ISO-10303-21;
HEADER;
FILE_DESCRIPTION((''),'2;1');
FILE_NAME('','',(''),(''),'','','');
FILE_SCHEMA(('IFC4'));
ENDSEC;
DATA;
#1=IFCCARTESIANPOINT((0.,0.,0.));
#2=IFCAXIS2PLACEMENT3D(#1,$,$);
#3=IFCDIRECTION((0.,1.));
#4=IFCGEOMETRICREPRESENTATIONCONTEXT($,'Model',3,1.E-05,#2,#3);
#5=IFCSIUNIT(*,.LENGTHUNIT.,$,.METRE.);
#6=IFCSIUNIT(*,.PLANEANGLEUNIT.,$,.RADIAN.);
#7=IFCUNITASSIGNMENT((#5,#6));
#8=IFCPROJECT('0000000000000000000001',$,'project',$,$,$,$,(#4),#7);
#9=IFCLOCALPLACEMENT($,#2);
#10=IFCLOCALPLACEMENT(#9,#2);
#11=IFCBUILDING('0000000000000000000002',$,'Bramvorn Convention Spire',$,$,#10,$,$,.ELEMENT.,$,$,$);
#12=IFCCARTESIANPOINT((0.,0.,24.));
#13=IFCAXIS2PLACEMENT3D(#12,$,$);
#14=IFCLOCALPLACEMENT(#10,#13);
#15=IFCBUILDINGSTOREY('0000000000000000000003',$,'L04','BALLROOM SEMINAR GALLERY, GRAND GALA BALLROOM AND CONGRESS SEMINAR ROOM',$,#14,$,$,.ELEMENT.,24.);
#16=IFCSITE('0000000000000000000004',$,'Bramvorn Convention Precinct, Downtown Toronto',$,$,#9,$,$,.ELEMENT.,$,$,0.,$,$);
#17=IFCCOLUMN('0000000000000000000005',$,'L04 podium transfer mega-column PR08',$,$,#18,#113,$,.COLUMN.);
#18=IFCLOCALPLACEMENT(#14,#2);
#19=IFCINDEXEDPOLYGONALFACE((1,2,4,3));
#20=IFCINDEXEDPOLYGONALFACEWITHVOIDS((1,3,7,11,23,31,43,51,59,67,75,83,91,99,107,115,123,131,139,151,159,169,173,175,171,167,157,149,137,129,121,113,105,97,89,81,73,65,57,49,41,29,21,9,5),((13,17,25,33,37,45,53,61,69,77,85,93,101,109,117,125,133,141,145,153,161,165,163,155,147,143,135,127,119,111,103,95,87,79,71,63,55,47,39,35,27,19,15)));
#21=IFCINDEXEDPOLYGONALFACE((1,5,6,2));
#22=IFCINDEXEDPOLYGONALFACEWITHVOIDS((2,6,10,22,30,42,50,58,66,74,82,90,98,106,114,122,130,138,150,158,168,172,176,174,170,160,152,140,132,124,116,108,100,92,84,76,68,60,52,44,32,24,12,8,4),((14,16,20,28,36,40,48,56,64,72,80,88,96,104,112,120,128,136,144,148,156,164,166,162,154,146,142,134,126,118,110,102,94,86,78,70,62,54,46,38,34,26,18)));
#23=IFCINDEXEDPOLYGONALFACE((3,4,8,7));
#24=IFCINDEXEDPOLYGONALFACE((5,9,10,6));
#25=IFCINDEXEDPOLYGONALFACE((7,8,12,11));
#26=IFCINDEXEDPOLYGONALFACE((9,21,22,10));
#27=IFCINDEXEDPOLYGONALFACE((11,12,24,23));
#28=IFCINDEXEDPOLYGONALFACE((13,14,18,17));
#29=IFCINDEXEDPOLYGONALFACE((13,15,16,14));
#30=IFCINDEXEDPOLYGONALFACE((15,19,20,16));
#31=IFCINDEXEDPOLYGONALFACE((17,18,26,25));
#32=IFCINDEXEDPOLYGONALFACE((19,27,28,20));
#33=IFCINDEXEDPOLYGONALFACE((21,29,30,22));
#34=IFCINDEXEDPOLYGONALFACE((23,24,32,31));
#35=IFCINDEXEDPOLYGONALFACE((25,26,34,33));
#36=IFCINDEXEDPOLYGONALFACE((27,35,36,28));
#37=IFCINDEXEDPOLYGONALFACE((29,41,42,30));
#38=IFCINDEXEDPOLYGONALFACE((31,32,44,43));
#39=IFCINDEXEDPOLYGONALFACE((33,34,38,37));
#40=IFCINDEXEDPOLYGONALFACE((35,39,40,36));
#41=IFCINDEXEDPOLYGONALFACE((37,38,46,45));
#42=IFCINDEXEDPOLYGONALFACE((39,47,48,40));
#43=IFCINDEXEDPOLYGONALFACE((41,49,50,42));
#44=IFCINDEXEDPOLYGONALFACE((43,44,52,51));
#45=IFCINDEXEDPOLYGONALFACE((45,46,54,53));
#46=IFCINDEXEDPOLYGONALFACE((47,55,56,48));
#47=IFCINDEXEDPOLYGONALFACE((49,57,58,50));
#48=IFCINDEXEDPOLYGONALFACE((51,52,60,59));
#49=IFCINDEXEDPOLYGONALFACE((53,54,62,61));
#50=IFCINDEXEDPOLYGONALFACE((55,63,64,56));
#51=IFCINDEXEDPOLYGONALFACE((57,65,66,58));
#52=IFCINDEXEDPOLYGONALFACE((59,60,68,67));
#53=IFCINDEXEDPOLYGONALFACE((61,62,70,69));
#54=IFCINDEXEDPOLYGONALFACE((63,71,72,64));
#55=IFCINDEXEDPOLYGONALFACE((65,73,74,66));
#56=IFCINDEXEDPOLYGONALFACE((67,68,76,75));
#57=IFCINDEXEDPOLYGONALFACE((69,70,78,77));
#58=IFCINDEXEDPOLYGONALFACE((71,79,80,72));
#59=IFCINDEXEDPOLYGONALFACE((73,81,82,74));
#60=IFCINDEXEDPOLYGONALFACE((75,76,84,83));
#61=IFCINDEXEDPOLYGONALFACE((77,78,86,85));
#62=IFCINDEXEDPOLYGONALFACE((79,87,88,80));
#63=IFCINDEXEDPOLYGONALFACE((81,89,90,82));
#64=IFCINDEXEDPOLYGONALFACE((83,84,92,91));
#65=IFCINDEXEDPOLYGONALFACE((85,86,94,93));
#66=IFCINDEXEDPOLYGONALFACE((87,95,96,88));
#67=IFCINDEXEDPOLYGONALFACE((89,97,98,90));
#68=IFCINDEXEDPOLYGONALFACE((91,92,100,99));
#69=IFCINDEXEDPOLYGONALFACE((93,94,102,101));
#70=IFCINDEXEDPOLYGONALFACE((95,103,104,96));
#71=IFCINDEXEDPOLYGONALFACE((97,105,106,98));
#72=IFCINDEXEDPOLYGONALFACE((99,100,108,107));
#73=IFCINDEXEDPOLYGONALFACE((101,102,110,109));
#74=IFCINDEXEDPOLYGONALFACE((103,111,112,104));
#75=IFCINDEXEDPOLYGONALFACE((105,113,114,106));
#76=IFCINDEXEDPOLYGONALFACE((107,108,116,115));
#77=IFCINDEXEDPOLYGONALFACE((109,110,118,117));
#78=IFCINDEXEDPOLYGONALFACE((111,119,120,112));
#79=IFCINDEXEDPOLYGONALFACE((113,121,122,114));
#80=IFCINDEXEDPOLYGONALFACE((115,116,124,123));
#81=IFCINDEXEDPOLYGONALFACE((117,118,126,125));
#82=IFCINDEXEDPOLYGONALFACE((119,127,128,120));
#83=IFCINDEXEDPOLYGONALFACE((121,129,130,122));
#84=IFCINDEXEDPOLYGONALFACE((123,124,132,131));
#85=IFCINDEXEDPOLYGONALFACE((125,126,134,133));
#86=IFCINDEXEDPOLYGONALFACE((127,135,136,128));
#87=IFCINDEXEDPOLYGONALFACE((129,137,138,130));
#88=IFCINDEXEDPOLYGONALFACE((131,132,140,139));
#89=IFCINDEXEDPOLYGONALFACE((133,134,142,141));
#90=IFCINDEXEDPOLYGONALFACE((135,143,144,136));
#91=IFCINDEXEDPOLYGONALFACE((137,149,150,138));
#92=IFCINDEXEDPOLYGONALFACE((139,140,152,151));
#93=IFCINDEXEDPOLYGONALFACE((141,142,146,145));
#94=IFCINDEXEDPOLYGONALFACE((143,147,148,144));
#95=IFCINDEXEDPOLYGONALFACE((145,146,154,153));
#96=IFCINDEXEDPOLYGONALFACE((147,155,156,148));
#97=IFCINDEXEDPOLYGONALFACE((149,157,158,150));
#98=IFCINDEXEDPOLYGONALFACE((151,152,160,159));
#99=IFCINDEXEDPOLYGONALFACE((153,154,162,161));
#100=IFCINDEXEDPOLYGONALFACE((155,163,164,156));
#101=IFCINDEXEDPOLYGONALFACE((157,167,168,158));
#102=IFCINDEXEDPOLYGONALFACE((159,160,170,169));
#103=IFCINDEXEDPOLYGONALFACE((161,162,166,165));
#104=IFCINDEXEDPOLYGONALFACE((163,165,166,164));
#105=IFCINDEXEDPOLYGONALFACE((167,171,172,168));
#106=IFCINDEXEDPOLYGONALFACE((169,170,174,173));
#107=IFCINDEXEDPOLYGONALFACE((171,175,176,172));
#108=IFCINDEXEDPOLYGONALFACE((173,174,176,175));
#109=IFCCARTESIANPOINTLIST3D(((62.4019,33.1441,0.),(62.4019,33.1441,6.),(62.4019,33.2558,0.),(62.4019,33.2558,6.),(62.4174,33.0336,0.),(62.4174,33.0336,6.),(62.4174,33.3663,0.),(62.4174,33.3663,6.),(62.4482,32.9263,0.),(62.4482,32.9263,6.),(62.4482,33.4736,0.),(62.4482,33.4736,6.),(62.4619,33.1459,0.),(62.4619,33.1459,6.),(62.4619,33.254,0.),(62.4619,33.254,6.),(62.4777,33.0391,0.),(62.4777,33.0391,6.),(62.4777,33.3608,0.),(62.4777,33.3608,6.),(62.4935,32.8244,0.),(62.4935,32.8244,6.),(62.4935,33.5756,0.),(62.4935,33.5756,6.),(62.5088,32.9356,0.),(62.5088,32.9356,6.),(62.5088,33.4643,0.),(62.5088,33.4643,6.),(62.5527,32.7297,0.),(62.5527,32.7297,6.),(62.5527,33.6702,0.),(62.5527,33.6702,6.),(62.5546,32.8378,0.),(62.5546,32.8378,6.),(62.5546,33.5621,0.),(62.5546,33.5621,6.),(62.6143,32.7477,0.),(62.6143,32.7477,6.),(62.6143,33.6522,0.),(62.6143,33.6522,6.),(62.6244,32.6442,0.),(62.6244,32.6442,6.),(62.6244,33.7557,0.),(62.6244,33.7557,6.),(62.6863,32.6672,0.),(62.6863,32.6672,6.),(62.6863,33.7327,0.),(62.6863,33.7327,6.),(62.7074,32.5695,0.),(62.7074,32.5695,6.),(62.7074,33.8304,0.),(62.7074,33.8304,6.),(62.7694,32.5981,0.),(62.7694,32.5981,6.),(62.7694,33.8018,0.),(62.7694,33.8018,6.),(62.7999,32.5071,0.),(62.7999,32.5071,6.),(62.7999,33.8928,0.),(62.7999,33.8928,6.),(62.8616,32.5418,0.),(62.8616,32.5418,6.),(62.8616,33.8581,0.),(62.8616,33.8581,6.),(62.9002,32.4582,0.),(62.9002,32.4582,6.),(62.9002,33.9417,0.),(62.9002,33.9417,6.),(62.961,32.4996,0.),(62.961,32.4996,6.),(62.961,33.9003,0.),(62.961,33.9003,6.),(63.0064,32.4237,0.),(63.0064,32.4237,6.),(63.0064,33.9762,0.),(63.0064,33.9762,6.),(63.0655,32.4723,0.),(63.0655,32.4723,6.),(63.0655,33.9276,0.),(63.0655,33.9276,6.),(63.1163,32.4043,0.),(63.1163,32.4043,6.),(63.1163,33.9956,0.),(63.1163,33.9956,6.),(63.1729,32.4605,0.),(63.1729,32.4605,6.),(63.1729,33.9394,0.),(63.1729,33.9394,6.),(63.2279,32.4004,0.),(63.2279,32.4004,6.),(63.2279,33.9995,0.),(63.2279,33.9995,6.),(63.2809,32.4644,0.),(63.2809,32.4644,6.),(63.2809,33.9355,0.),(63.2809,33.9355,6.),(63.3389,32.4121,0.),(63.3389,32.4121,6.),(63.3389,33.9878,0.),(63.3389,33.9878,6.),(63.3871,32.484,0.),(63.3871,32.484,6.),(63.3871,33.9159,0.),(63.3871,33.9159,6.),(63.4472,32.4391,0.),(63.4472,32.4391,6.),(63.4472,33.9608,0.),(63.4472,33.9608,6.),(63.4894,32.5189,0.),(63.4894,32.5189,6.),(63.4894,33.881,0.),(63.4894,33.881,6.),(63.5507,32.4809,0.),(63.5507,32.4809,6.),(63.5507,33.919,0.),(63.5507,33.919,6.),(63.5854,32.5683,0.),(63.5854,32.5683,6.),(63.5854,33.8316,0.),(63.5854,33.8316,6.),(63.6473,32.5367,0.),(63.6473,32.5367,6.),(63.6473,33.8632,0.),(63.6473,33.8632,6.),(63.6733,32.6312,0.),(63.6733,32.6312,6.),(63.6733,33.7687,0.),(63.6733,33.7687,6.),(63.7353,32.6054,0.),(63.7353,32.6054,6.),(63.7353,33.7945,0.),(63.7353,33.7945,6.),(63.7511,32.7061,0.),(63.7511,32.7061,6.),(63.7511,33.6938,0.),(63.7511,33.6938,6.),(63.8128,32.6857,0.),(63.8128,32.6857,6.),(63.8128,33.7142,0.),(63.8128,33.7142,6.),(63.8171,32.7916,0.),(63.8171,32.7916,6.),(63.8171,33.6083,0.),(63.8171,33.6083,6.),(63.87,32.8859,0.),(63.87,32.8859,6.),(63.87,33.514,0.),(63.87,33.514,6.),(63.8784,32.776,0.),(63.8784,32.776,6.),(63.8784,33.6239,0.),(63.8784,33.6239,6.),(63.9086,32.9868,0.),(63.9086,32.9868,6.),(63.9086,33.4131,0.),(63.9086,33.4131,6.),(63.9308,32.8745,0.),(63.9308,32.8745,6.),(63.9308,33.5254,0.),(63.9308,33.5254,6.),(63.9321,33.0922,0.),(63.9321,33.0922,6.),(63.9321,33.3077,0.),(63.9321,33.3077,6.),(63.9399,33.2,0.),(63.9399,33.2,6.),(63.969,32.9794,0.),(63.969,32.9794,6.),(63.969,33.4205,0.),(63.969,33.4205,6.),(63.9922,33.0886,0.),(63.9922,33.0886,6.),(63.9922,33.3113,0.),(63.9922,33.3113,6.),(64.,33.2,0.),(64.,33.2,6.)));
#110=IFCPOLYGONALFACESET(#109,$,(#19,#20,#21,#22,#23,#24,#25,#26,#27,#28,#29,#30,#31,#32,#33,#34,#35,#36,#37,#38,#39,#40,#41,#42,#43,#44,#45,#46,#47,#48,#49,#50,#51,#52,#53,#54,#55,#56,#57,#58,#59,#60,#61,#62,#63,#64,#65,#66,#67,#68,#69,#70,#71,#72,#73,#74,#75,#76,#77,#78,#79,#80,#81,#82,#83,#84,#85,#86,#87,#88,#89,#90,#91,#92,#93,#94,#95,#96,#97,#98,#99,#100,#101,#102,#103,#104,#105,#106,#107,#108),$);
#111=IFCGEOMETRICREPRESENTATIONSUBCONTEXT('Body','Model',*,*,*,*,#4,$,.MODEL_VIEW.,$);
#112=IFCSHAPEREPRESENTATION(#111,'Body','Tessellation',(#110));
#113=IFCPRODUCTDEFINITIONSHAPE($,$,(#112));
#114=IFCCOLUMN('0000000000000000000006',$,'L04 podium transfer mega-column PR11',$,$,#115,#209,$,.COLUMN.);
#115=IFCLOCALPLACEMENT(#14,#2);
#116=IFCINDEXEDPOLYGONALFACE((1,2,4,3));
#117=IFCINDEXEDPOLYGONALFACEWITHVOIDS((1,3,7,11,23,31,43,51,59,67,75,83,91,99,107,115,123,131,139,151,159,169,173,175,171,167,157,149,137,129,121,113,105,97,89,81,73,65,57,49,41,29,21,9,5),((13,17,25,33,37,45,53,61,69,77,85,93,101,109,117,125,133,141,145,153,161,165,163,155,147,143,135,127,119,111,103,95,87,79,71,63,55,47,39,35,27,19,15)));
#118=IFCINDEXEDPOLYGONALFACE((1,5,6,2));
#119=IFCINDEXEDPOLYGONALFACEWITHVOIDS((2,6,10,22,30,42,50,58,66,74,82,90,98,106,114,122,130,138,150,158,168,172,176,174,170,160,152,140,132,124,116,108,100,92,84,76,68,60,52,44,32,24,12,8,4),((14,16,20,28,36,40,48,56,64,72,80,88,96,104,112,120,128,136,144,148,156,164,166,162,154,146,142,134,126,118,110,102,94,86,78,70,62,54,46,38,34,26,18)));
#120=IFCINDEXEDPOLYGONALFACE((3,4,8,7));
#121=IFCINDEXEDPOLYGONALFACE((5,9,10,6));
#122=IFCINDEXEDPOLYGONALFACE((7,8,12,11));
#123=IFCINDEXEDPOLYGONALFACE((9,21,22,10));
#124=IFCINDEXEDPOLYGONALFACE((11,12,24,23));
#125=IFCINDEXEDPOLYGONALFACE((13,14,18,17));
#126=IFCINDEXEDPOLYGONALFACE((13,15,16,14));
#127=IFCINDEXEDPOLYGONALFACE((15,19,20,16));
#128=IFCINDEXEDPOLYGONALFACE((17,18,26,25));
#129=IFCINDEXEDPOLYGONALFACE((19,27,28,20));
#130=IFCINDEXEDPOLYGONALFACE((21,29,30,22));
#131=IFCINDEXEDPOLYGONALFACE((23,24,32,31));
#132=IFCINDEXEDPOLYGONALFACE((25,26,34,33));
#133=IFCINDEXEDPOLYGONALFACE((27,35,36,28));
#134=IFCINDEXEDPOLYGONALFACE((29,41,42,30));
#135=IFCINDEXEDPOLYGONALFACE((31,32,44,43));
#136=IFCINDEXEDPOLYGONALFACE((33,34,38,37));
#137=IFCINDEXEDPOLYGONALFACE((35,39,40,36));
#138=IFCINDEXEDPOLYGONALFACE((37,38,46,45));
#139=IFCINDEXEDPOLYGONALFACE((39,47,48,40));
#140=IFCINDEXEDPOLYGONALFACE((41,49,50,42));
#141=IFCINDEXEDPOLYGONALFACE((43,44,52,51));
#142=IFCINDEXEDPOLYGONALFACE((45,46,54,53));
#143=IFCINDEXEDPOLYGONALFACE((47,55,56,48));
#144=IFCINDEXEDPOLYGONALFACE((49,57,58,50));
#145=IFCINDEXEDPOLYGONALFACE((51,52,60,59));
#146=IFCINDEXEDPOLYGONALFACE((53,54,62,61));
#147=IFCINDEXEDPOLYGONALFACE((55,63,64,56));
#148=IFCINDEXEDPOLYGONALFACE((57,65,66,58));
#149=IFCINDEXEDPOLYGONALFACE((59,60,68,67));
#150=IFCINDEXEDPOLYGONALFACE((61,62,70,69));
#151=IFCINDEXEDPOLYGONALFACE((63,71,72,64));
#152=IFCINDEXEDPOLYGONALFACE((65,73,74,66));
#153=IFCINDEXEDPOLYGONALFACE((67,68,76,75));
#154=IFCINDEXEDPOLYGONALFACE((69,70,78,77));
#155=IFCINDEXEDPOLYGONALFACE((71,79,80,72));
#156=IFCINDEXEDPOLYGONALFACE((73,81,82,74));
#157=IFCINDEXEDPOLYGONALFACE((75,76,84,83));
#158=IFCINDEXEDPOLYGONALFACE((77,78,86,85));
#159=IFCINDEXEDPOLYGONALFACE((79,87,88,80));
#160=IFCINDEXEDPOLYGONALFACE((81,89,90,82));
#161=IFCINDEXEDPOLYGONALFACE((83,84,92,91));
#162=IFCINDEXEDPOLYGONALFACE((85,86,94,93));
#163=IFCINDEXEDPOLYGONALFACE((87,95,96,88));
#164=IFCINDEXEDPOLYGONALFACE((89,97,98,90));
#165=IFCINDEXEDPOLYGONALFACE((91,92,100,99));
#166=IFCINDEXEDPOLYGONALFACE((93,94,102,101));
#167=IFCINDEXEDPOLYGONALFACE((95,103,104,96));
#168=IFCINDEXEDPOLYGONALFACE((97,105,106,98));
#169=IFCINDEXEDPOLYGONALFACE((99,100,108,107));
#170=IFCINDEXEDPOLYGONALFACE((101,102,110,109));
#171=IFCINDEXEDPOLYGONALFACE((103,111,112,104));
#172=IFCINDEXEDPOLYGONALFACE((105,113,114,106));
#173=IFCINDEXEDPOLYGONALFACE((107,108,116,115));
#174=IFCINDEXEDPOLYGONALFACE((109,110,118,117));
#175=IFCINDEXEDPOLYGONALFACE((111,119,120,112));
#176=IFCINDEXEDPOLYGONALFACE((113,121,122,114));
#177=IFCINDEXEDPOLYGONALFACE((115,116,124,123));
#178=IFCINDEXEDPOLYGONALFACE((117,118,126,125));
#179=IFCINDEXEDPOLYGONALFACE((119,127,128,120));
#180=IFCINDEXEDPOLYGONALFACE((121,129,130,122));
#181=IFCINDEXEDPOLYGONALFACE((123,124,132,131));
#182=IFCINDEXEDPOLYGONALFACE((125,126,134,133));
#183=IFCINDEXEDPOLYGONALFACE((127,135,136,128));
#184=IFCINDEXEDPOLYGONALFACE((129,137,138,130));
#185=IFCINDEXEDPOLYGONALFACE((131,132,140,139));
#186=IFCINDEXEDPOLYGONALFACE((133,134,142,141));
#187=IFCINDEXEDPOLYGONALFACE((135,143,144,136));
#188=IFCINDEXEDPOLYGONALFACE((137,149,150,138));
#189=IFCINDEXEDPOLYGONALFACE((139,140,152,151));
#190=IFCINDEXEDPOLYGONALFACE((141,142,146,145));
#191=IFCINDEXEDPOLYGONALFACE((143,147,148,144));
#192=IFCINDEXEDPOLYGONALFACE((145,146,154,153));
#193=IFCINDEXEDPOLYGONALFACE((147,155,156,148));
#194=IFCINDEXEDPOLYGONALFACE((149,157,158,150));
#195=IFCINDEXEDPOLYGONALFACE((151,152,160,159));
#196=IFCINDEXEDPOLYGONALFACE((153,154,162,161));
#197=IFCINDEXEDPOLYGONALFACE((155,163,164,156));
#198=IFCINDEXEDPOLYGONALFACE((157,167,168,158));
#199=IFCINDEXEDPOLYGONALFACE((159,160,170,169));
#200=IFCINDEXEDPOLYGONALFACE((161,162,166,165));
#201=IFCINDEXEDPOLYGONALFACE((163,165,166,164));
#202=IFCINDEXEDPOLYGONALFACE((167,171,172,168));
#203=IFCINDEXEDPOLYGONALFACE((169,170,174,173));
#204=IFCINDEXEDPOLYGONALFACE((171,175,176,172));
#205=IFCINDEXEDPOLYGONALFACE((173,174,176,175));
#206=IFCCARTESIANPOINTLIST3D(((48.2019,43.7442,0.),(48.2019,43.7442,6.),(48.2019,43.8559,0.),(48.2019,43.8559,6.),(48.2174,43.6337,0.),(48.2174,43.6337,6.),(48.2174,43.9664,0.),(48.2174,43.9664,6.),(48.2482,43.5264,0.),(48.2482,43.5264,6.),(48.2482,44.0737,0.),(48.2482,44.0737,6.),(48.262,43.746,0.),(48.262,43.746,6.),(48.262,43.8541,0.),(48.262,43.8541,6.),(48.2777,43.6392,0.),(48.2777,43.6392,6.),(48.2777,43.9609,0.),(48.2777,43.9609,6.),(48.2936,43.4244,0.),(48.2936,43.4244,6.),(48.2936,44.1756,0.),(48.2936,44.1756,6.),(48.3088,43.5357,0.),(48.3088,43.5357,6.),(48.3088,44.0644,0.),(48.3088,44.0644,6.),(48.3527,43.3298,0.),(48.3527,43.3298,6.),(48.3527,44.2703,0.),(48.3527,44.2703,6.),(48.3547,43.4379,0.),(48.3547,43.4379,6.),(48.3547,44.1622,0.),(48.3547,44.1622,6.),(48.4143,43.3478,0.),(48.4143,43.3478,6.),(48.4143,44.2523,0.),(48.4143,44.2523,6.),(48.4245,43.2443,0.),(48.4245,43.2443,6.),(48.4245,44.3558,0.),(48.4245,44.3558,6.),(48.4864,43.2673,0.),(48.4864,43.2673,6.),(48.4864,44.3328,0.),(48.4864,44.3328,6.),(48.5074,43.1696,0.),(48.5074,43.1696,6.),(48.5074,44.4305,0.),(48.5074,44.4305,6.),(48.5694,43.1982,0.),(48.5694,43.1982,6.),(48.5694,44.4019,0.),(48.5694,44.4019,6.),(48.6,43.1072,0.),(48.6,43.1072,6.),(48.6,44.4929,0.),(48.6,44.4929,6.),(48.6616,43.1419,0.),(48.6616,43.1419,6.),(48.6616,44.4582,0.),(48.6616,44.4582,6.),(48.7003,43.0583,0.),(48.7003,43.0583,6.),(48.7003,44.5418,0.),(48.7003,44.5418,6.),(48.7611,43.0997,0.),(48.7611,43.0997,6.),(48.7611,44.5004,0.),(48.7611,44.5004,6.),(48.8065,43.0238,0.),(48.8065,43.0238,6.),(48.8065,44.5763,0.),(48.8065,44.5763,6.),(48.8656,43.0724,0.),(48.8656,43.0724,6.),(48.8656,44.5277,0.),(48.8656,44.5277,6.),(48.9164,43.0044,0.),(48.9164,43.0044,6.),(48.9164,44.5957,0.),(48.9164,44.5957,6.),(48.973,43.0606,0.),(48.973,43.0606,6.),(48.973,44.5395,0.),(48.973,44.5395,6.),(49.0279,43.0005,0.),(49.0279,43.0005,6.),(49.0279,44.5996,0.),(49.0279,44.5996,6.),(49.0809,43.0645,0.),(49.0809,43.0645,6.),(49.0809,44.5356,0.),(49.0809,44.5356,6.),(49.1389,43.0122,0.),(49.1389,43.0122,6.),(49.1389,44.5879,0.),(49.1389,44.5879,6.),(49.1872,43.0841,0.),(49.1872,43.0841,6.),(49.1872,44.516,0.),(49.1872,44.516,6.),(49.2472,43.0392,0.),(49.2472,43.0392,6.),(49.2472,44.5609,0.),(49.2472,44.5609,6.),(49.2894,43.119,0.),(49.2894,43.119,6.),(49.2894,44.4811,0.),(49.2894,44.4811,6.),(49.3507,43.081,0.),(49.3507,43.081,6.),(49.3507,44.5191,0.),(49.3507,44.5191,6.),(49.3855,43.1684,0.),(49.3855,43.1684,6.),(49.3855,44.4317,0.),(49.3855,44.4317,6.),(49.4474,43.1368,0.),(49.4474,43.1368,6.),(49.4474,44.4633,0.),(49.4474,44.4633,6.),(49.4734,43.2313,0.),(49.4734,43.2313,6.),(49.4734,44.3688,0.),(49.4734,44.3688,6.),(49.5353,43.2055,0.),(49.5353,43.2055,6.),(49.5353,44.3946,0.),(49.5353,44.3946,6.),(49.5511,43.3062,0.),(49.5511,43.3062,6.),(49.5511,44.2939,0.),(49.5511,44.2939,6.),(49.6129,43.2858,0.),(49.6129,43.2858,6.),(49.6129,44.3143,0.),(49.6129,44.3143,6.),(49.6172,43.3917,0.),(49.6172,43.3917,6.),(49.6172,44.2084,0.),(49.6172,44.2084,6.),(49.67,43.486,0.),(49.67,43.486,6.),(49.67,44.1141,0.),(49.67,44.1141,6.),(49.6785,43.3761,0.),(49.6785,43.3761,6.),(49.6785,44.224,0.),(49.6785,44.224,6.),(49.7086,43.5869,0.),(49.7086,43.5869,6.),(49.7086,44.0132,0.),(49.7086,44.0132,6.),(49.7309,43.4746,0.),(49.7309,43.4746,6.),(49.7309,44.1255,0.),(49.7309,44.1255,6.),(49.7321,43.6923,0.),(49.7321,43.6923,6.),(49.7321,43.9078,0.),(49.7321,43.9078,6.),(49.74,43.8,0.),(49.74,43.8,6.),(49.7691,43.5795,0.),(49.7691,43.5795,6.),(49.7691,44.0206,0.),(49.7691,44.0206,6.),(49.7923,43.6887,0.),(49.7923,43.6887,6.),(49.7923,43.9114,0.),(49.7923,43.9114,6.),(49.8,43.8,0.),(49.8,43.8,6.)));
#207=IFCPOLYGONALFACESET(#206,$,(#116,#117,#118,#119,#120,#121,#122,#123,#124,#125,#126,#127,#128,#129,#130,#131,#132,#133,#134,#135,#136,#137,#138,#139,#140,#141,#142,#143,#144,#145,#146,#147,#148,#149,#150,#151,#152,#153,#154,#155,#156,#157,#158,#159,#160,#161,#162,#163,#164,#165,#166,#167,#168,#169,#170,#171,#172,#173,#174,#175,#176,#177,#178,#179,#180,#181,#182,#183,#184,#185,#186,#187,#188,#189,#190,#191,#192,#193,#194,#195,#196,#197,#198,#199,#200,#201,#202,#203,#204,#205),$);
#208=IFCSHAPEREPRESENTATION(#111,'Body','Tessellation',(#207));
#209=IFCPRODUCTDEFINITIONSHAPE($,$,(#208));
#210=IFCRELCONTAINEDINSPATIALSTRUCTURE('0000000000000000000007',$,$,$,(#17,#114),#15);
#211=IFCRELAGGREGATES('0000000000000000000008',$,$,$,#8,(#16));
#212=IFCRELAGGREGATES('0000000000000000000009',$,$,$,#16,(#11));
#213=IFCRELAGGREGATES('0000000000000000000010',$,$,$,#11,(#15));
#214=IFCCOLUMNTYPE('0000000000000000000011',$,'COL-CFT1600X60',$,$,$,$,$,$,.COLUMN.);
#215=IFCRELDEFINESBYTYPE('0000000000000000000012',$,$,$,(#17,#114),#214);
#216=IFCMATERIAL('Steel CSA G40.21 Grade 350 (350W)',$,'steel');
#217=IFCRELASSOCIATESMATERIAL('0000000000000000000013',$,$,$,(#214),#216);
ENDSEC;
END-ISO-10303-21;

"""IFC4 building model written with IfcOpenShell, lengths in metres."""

from ifc_helpers import new_model, si_unit, direction, frame, origin, origin_2d, place, context, subcontext, project, spatial, hollow_circle, extrude, material, material_profile, profile_set, type_object, element, save


model = new_model("IFC4")

# Units and contexts
model_context = context("Model", 3, precision=1e-05, world=origin(), true_north=direction((0.0, 1.0)))
body_context = subcontext(model_context, "Body", "Model", "MODEL_VIEW")
ifc_project = project(units=[si_unit("LENGTHUNIT", "METRE"), si_unit("PLANEANGLEUNIT", "RADIAN")], contexts=[model_context])

# Site, building, storey
site_placement = place(None, origin())
site = spatial("IfcSite", under=ifc_project, at=site_placement, Name="Bramvorn Convention Precinct, Downtown Toronto", CompositionType="ELEMENT", RefElevation=0.0)
building_placement = place(site_placement, origin())
building = spatial("IfcBuilding", under=site, at=building_placement, Name="Bramvorn Convention Spire", CompositionType="ELEMENT")
storey_placement = place(building_placement, frame((0.0, 0.0, 24.0)))
storey = spatial("IfcBuildingStorey", under=building, at=storey_placement, Name="L04", Description="BALLROOM SEMINAR GALLERY, GRAND GALA BALLROOM AND CONGRESS SEMINAR ROOM", CompositionType="ELEMENT", Elevation=24.0)

# Columns
ifc_material_1 = material(Name="Steel CSA G40.21 Grade 350 (350W)", Category="steel")
ifc_material_profile_1 = material_profile(ifc_material_1, hollow_circle(Radius=0.8, WallThickness=0.0601, at=origin_2d()))
ifc_profile_set_1 = profile_set([ifc_material_profile_1], Name="Steel CSA G40.21 Grade 350 (350W) - CFT1600X60")
column_type_1 = type_object("IfcColumnType", Name="COL-CFT1600X60", PredefinedType="COLUMN", material=ifc_profile_set_1)
for number, where, z_axis, x_axis, name in (
    (1, (63.2, 33.2, 0.0), (0.0, 0.0, 1.0), (1.0, 0.0, 0.0), "L04 podium transfer mega-column PR08"),
    (2, (49.0, 43.8, 0.0), (0.0, 0.0, 1.0), (1.0, 0.0, 0.0), "L04 podium transfer mega-column PR11"),
):
    element("IfcColumn", number, at=place(storey_placement, frame(where, z_axis=z_axis, x_axis=x_axis)), inside=storey, type_object=column_type_1, Name=name, PredefinedType="COLUMN", context=body_context, shape_type="SweptSolid", body=[
        extrude(hollow_circle(Radius=0.8, WallThickness=0.0601, at=origin_2d()), origin(), (0.0, 0.0, 1.0), 6.0),
    ])

save(model, "model.ifc")
